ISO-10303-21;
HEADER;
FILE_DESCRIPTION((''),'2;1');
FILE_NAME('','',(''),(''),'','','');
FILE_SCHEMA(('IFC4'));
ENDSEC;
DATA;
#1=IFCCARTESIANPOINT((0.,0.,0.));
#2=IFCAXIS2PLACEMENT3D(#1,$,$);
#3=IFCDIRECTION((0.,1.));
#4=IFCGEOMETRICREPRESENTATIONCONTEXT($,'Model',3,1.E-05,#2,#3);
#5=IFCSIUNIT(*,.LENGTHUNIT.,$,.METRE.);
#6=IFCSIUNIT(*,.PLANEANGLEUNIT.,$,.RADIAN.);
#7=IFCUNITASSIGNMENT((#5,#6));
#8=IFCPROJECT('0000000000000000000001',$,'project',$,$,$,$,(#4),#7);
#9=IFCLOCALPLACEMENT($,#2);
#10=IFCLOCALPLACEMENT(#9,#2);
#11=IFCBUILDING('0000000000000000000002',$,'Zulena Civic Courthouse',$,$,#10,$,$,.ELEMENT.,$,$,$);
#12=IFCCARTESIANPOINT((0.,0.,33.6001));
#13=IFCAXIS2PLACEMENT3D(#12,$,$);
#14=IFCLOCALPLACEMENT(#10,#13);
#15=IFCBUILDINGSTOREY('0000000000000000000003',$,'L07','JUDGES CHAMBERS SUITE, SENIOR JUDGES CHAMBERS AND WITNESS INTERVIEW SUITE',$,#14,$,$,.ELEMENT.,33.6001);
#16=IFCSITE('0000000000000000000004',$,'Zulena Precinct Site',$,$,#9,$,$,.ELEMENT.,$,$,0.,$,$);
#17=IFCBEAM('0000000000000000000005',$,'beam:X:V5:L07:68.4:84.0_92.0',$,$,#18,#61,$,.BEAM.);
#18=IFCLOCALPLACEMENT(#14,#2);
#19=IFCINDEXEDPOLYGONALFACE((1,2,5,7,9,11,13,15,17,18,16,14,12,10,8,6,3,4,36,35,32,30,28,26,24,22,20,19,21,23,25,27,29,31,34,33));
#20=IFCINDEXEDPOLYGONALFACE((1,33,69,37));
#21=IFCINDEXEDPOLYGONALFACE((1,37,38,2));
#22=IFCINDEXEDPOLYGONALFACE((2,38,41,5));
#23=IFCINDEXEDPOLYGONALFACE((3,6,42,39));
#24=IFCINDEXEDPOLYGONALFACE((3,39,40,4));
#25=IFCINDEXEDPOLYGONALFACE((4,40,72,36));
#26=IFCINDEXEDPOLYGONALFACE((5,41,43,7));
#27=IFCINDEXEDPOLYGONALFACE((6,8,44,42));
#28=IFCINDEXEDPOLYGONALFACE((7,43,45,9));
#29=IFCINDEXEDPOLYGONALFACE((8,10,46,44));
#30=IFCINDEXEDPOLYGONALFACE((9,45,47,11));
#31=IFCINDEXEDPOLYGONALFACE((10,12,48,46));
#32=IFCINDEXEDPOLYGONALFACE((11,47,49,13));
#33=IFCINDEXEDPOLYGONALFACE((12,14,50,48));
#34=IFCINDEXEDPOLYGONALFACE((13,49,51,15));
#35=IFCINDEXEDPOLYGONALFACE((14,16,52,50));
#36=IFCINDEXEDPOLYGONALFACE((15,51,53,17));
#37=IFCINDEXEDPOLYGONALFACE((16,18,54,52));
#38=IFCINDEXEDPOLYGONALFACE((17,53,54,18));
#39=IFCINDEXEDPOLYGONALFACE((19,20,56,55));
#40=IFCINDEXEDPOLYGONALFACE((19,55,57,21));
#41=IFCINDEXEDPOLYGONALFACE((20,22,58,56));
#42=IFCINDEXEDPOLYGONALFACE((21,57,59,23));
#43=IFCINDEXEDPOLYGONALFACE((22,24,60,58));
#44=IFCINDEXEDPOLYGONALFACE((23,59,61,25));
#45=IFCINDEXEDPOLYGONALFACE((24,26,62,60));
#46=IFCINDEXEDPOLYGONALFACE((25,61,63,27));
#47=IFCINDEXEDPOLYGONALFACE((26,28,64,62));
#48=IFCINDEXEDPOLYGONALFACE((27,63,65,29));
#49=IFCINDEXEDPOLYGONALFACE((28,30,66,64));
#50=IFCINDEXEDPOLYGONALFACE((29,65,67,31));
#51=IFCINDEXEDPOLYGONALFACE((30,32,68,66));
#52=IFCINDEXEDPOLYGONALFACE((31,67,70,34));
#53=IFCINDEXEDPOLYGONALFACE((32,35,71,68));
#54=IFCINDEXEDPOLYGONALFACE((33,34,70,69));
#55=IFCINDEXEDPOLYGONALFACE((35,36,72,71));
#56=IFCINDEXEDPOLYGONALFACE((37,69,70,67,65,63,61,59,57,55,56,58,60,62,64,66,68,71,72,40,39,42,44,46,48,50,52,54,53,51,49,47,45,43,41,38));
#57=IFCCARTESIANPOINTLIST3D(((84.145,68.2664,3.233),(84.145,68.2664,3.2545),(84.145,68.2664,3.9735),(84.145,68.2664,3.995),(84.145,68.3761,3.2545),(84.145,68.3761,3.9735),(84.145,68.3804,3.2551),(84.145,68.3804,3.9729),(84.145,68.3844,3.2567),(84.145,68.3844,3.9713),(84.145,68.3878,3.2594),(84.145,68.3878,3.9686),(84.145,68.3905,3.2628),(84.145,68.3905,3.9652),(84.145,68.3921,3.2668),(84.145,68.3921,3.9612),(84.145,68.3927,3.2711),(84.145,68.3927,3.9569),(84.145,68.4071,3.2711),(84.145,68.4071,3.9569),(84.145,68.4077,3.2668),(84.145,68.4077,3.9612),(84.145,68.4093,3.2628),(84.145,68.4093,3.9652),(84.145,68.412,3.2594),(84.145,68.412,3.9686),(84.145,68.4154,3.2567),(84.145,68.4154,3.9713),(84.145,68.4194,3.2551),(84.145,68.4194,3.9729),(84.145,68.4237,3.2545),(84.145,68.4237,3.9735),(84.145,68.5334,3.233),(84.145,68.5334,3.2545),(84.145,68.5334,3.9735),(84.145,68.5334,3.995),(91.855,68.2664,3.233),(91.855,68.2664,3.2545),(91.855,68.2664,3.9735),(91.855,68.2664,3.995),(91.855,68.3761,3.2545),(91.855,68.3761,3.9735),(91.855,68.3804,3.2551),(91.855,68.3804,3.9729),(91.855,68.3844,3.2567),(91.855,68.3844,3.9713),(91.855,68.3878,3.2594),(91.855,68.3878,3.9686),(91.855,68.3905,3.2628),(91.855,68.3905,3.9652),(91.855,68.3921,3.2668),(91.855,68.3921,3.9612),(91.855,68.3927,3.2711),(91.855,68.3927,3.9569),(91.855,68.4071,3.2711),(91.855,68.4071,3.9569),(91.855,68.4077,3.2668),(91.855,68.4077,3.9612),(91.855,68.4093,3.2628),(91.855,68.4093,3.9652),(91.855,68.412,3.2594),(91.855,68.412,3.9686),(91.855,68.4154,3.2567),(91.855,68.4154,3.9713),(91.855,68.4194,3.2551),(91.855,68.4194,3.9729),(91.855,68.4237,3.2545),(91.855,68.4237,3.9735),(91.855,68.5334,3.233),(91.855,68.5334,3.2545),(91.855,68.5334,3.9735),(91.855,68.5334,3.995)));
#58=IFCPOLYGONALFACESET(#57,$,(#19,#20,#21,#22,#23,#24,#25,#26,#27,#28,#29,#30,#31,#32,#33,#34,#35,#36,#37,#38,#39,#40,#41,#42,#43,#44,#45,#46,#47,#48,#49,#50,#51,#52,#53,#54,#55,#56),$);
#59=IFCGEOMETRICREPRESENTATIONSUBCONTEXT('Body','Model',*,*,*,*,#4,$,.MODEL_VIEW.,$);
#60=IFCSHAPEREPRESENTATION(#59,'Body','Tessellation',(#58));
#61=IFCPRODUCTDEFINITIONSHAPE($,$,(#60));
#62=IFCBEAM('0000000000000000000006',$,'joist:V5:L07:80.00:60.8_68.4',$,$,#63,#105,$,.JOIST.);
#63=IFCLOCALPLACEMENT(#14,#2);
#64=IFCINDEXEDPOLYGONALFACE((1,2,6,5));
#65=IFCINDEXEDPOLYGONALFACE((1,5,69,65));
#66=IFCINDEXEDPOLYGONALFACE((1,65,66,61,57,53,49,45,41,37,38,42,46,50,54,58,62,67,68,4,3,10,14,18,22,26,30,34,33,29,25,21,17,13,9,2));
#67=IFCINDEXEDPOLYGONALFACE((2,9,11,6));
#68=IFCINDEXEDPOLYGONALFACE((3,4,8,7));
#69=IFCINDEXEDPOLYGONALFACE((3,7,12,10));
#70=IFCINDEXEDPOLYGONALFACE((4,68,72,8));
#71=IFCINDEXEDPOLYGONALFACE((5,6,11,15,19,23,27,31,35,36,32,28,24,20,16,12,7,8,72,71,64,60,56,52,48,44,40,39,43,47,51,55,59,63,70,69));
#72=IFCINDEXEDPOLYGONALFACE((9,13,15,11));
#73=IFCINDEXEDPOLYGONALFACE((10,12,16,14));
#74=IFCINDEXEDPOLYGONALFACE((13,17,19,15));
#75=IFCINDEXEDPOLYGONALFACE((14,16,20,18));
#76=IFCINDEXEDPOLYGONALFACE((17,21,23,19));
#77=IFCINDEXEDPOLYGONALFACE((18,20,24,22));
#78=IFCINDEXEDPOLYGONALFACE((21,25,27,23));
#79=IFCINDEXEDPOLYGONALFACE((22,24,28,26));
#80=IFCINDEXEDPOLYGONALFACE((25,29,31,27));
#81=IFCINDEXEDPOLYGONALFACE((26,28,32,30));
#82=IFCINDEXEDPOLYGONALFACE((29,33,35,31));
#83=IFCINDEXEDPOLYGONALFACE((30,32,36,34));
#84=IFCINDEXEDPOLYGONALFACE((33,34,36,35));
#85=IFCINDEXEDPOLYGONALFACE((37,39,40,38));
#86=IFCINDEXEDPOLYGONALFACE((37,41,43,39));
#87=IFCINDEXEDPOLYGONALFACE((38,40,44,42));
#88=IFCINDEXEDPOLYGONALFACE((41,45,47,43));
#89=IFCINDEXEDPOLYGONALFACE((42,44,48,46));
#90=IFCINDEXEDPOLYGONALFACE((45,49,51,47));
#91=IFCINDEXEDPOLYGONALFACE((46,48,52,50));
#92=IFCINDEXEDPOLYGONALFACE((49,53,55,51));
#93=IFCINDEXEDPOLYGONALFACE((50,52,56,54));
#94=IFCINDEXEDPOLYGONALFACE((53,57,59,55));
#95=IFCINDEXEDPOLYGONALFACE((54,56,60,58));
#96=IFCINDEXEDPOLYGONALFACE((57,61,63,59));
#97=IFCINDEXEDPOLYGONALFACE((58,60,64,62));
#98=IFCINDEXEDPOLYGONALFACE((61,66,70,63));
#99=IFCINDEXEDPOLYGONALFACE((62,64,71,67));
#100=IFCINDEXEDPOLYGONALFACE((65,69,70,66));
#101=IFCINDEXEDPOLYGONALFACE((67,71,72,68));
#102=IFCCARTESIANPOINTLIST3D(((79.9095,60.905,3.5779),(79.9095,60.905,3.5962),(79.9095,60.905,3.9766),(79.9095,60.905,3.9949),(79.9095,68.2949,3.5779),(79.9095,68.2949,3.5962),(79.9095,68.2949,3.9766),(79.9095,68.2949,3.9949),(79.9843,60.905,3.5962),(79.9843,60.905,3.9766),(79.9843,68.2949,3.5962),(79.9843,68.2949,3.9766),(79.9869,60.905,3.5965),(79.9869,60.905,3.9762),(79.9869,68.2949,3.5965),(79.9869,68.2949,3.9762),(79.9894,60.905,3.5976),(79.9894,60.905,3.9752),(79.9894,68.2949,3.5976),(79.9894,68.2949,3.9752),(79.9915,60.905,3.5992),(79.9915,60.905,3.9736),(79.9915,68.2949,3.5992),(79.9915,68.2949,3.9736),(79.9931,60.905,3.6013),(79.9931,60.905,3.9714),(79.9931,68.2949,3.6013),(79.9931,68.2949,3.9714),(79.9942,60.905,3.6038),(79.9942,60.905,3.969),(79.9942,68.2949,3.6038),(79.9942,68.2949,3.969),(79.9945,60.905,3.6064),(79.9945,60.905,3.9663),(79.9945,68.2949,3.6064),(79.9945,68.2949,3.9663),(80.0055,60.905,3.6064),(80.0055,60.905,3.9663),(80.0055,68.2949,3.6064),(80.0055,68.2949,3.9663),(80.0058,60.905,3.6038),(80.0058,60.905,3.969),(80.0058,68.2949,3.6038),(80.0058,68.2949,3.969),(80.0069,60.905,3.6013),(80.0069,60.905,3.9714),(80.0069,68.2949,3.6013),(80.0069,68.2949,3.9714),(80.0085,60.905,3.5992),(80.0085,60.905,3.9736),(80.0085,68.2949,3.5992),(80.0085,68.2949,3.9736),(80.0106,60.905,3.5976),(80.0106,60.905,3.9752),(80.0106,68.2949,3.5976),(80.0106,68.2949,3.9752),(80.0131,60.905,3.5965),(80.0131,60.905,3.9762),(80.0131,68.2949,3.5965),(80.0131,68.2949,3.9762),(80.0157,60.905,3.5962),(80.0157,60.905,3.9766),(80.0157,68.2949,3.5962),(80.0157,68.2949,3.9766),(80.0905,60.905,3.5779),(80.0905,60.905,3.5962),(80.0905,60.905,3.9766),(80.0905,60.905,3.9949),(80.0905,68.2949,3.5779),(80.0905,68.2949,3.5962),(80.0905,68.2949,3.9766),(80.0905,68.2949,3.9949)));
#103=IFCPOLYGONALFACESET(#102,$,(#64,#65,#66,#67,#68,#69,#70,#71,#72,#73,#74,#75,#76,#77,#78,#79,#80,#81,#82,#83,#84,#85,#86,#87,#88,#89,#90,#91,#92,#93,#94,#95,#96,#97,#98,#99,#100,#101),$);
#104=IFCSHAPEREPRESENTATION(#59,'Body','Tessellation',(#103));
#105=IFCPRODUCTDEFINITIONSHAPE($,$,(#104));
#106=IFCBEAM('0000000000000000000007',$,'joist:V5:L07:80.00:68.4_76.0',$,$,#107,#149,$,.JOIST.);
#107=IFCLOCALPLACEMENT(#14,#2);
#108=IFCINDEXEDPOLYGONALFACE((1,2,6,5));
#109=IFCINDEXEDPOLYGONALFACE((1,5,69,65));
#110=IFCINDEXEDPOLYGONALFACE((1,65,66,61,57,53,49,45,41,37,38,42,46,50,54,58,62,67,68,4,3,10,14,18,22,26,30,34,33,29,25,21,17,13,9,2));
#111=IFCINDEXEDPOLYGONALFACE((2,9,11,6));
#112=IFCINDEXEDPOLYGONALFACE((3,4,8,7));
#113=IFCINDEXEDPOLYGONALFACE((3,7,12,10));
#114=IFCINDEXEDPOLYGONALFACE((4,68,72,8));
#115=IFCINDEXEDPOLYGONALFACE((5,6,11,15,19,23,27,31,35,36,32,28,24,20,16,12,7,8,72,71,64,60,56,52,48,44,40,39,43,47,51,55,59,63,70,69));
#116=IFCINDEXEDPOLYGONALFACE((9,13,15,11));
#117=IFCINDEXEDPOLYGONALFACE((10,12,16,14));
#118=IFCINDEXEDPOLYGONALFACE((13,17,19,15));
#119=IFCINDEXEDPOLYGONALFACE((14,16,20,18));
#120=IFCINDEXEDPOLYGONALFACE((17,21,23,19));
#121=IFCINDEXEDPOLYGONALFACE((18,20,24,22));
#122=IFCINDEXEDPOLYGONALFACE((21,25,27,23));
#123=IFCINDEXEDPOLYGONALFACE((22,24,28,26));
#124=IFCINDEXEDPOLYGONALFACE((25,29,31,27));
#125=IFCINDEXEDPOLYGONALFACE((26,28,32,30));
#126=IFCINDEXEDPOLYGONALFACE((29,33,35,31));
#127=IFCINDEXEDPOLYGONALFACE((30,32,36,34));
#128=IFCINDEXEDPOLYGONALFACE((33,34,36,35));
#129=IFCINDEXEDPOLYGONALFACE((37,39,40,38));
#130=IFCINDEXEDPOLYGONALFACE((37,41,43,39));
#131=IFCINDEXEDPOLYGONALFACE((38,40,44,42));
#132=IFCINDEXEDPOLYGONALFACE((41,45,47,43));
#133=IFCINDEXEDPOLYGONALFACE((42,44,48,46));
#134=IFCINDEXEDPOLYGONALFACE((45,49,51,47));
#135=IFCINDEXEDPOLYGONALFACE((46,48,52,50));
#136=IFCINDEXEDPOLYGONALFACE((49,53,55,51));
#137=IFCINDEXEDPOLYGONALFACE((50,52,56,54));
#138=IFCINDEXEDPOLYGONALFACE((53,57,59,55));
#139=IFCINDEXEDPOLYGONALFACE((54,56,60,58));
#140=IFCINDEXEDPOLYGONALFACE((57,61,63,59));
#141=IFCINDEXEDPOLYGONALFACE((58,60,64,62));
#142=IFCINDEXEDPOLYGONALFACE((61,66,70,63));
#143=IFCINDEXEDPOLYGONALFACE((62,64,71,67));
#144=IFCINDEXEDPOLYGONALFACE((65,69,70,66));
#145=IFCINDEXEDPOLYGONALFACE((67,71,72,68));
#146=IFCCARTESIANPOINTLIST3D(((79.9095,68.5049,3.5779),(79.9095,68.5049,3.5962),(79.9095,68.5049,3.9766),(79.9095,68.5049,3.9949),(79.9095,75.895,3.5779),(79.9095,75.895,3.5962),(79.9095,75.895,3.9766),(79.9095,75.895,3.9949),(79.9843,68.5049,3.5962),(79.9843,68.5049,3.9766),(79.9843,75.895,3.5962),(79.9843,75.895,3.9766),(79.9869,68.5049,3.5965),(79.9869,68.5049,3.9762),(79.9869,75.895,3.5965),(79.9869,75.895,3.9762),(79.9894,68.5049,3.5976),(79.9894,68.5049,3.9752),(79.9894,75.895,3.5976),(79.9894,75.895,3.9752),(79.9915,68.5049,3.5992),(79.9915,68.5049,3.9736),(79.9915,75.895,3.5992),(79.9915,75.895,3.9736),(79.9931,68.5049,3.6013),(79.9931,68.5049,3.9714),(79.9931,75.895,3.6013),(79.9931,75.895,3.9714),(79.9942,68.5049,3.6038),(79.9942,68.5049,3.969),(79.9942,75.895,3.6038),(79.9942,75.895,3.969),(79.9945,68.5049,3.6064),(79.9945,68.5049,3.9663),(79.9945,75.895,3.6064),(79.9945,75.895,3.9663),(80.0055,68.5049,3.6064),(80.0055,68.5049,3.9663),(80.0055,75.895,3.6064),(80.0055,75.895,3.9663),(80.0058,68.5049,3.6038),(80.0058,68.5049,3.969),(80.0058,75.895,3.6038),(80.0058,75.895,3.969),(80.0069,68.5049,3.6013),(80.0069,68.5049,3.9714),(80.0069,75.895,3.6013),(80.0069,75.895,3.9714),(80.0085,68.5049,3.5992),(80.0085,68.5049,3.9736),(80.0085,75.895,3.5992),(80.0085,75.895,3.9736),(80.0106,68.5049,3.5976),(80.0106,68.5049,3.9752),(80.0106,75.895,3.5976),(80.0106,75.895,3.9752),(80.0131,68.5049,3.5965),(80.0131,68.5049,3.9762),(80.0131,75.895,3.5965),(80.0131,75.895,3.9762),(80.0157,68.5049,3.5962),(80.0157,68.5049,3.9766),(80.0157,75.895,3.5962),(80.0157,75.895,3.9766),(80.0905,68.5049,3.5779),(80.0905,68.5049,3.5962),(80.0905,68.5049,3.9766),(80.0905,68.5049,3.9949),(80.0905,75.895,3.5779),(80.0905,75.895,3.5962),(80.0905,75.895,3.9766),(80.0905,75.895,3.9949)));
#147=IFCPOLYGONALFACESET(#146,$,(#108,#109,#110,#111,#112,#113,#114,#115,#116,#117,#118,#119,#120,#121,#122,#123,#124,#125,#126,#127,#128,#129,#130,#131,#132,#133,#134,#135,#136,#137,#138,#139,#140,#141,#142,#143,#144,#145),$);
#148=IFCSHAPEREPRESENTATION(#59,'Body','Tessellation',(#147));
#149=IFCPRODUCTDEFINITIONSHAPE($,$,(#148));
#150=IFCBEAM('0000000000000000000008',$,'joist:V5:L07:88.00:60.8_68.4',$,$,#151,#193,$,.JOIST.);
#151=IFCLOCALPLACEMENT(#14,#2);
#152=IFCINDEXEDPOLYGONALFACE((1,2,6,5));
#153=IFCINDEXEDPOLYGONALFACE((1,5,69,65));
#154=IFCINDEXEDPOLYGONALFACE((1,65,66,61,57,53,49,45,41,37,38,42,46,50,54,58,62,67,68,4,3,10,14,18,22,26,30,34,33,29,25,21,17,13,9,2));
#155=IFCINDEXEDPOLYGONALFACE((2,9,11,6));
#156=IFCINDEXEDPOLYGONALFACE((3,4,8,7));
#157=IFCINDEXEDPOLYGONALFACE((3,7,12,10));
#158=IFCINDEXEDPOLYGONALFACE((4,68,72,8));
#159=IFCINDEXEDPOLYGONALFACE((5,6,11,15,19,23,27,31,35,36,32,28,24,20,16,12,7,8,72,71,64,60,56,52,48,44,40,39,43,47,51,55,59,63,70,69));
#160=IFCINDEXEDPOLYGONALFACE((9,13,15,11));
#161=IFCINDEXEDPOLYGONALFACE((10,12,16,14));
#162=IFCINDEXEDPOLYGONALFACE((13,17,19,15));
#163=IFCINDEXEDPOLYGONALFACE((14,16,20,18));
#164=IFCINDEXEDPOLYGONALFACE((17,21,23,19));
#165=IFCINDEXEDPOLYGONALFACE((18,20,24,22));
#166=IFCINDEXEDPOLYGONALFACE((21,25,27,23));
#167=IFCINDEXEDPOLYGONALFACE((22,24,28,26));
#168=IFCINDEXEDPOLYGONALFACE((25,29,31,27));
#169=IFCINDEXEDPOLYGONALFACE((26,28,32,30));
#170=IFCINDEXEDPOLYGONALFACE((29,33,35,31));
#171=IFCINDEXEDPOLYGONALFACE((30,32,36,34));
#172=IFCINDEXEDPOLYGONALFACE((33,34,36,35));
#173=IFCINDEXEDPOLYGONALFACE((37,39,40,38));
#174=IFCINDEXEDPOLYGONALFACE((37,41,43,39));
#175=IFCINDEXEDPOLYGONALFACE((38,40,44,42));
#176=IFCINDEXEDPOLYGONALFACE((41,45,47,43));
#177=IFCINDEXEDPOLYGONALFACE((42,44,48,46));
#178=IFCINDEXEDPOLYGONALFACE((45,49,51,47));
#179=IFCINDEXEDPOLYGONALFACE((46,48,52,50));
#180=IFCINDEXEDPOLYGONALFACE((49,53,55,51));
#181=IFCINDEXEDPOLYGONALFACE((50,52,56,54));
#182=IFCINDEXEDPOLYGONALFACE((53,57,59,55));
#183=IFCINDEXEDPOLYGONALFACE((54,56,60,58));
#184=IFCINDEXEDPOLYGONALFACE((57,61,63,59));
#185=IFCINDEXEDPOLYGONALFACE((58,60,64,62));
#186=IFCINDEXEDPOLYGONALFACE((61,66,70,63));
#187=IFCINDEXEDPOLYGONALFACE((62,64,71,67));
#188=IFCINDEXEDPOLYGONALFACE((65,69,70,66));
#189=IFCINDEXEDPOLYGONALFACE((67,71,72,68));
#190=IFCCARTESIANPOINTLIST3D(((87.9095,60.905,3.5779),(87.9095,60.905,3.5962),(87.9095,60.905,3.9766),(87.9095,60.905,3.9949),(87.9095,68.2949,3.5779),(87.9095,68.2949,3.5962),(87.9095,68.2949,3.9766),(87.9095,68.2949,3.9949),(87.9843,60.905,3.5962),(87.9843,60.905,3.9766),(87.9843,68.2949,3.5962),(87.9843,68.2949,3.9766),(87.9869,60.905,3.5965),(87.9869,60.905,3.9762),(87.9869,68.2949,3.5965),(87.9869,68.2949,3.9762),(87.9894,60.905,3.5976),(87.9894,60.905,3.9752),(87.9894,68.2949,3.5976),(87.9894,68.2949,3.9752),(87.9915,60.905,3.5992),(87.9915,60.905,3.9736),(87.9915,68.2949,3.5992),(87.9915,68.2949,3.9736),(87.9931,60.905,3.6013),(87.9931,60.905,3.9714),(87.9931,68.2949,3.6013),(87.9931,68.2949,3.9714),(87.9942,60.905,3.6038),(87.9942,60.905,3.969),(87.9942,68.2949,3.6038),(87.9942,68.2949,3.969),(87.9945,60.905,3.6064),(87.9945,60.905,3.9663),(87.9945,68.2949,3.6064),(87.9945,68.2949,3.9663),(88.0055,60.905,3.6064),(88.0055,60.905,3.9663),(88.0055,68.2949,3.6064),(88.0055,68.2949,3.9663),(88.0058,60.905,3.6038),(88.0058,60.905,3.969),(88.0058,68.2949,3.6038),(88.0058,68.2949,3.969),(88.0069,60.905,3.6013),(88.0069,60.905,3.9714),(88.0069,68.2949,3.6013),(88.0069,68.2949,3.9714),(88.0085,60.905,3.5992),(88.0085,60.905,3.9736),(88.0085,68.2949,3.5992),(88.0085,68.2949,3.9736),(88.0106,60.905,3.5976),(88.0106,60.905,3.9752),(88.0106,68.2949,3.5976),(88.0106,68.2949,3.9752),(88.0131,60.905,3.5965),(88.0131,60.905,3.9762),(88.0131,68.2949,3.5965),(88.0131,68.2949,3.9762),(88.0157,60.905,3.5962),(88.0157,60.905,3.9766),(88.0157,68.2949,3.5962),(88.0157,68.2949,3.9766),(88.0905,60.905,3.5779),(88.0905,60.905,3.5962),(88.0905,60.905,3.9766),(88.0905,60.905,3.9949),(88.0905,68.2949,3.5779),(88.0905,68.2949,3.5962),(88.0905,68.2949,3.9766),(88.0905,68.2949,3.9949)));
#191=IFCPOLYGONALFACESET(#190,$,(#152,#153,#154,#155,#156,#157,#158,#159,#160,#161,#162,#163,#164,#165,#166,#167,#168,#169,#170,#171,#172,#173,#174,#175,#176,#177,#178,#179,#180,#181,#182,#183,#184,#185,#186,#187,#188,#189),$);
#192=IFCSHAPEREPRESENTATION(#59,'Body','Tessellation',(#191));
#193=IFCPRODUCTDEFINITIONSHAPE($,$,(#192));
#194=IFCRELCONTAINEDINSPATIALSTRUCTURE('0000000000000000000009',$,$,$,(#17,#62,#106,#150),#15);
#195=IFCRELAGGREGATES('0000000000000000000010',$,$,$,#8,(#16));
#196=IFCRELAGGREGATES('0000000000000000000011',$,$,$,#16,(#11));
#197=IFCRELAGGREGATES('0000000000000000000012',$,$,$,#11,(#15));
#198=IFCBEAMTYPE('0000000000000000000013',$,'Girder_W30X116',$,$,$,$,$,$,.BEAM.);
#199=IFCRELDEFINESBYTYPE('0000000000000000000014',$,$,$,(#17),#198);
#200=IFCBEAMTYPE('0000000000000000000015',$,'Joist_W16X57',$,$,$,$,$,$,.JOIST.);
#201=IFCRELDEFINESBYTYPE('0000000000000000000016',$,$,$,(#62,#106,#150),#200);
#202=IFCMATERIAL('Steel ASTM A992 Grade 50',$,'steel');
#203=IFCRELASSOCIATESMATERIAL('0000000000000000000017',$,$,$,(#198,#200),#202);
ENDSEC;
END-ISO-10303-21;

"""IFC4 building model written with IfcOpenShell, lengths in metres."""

from ifc_helpers import new_model, si_unit, direction, frame, origin, origin_2d, place, context, subcontext, project, spatial, i_section, extrude, material, material_profile, profile_set, type_object, element, save


model = new_model("IFC4")

# Units and contexts
model_context = context("Model", 3, precision=1e-05, world=origin(), true_north=direction((0.0, 1.0)))
body_context = subcontext(model_context, "Body", "Model", "MODEL_VIEW")
ifc_project = project(units=[si_unit("LENGTHUNIT", "METRE"), si_unit("PLANEANGLEUNIT", "RADIAN")], contexts=[model_context])

# Site, building, storey
site_placement = place(None, origin())
site = spatial("IfcSite", under=ifc_project, at=site_placement, Name="Zulena Precinct Site", CompositionType="ELEMENT", RefElevation=0.0)
building_placement = place(site_placement, origin())
building = spatial("IfcBuilding", under=site, at=building_placement, Name="Zulena Civic Courthouse", CompositionType="ELEMENT")
storey_placement = place(building_placement, frame((0.0, 0.0, 33.6001)))
storey = spatial("IfcBuildingStorey", under=building, at=storey_placement, Name="L07", Description="JUDGES CHAMBERS SUITE, SENIOR JUDGES CHAMBERS AND WITNESS INTERVIEW SUITE", CompositionType="ELEMENT", Elevation=33.6001)

# Shared definitions
ifc_material_1 = material(Name="Steel ASTM A992 Grade 50", Category="steel")

# Beams
ifc_material_profile_1 = material_profile(ifc_material_1, i_section(OverallWidth=0.2671, OverallDepth=0.762, WebThickness=0.0144, FlangeThickness=0.0215, FilletRadius=0.0166, at=origin_2d()), Name="W30X116")
ifc_profile_set_1 = profile_set([ifc_material_profile_1], Name="Steel ASTM A992 Grade 50")
beam_type_1 = type_object("IfcBeamType", Name="Girder_W30X116", PredefinedType="BEAM", material=ifc_profile_set_1)
beam_1_placement = place(storey_placement, frame((84.145, 68.3999, 3.614), z_axis=(1.0, 0.0, 0.0), x_axis=(0.0, 1.0, 0.0)))
element("IfcBeam", 1, at=beam_1_placement, inside=storey, type_object=beam_type_1, Name="beam:X:V5:L07:68.4:84.0_92.0", PredefinedType="BEAM", context=body_context, shape_type="SweptSolid", body=[
    extrude(i_section(OverallWidth=0.2671, OverallDepth=0.762, WebThickness=0.0144, FlangeThickness=0.0215, FilletRadius=0.0166, at=origin_2d()), origin(), (0.0, 0.0, 1.0), 7.71),
])
ifc_material_profile_2 = material_profile(ifc_material_1, i_section(OverallWidth=0.1809, OverallDepth=0.417, WebThickness=0.011, FlangeThickness=0.0183, FilletRadius=0.0103, at=origin_2d()), Name="W16X57")
ifc_profile_set_2 = profile_set([ifc_material_profile_2], Name="Steel ASTM A992 Grade 50")
beam_type_2 = type_object("IfcBeamType", Name="Joist_W16X57", PredefinedType="JOIST", material=ifc_profile_set_2)
beam_2_placement = place(storey_placement, frame((80.0, 60.905, 3.7864), z_axis=(0.0, 1.0, 0.0), x_axis=(-1.0, 0.0, 0.0)))
element("IfcBeam", 2, at=beam_2_placement, inside=storey, type_object=beam_type_2, Name="joist:V5:L07:80.00:60.8_68.4", PredefinedType="JOIST", context=body_context, shape_type="SweptSolid", body=[
    extrude(i_section(OverallWidth=0.1809, OverallDepth=0.417, WebThickness=0.011, FlangeThickness=0.0183, FilletRadius=0.0103, at=origin_2d()), origin(), (0.0, 0.0, 1.0), 7.3899),
])
beam_3_placement = place(storey_placement, frame((80.0, 68.5049, 3.7864), z_axis=(0.0, 1.0, 0.0), x_axis=(-1.0, 0.0, 0.0)))
element("IfcBeam", 3, at=beam_3_placement, inside=storey, type_object=beam_type_2, Name="joist:V5:L07:80.00:68.4_76.0", PredefinedType="JOIST", context=body_context, shape_type="SweptSolid", body=[
    extrude(i_section(OverallWidth=0.1809, OverallDepth=0.417, WebThickness=0.011, FlangeThickness=0.0183, FilletRadius=0.0103, at=origin_2d()), origin(), (0.0, 0.0, 1.0), 7.3901),
])
beam_4_placement = place(storey_placement, frame((88.0, 60.905, 3.7864), z_axis=(0.0, 1.0, 0.0), x_axis=(-1.0, 0.0, 0.0)))
element("IfcBeam", 4, at=beam_4_placement, inside=storey, type_object=beam_type_2, Name="joist:V5:L07:88.00:60.8_68.4", PredefinedType="JOIST", context=body_context, shape_type="SweptSolid", body=[
    extrude(i_section(OverallWidth=0.1809, OverallDepth=0.417, WebThickness=0.011, FlangeThickness=0.0183, FilletRadius=0.0103, at=origin_2d()), origin(), (0.0, 0.0, 1.0), 7.3899),
])

save(model, "model.ifc")
